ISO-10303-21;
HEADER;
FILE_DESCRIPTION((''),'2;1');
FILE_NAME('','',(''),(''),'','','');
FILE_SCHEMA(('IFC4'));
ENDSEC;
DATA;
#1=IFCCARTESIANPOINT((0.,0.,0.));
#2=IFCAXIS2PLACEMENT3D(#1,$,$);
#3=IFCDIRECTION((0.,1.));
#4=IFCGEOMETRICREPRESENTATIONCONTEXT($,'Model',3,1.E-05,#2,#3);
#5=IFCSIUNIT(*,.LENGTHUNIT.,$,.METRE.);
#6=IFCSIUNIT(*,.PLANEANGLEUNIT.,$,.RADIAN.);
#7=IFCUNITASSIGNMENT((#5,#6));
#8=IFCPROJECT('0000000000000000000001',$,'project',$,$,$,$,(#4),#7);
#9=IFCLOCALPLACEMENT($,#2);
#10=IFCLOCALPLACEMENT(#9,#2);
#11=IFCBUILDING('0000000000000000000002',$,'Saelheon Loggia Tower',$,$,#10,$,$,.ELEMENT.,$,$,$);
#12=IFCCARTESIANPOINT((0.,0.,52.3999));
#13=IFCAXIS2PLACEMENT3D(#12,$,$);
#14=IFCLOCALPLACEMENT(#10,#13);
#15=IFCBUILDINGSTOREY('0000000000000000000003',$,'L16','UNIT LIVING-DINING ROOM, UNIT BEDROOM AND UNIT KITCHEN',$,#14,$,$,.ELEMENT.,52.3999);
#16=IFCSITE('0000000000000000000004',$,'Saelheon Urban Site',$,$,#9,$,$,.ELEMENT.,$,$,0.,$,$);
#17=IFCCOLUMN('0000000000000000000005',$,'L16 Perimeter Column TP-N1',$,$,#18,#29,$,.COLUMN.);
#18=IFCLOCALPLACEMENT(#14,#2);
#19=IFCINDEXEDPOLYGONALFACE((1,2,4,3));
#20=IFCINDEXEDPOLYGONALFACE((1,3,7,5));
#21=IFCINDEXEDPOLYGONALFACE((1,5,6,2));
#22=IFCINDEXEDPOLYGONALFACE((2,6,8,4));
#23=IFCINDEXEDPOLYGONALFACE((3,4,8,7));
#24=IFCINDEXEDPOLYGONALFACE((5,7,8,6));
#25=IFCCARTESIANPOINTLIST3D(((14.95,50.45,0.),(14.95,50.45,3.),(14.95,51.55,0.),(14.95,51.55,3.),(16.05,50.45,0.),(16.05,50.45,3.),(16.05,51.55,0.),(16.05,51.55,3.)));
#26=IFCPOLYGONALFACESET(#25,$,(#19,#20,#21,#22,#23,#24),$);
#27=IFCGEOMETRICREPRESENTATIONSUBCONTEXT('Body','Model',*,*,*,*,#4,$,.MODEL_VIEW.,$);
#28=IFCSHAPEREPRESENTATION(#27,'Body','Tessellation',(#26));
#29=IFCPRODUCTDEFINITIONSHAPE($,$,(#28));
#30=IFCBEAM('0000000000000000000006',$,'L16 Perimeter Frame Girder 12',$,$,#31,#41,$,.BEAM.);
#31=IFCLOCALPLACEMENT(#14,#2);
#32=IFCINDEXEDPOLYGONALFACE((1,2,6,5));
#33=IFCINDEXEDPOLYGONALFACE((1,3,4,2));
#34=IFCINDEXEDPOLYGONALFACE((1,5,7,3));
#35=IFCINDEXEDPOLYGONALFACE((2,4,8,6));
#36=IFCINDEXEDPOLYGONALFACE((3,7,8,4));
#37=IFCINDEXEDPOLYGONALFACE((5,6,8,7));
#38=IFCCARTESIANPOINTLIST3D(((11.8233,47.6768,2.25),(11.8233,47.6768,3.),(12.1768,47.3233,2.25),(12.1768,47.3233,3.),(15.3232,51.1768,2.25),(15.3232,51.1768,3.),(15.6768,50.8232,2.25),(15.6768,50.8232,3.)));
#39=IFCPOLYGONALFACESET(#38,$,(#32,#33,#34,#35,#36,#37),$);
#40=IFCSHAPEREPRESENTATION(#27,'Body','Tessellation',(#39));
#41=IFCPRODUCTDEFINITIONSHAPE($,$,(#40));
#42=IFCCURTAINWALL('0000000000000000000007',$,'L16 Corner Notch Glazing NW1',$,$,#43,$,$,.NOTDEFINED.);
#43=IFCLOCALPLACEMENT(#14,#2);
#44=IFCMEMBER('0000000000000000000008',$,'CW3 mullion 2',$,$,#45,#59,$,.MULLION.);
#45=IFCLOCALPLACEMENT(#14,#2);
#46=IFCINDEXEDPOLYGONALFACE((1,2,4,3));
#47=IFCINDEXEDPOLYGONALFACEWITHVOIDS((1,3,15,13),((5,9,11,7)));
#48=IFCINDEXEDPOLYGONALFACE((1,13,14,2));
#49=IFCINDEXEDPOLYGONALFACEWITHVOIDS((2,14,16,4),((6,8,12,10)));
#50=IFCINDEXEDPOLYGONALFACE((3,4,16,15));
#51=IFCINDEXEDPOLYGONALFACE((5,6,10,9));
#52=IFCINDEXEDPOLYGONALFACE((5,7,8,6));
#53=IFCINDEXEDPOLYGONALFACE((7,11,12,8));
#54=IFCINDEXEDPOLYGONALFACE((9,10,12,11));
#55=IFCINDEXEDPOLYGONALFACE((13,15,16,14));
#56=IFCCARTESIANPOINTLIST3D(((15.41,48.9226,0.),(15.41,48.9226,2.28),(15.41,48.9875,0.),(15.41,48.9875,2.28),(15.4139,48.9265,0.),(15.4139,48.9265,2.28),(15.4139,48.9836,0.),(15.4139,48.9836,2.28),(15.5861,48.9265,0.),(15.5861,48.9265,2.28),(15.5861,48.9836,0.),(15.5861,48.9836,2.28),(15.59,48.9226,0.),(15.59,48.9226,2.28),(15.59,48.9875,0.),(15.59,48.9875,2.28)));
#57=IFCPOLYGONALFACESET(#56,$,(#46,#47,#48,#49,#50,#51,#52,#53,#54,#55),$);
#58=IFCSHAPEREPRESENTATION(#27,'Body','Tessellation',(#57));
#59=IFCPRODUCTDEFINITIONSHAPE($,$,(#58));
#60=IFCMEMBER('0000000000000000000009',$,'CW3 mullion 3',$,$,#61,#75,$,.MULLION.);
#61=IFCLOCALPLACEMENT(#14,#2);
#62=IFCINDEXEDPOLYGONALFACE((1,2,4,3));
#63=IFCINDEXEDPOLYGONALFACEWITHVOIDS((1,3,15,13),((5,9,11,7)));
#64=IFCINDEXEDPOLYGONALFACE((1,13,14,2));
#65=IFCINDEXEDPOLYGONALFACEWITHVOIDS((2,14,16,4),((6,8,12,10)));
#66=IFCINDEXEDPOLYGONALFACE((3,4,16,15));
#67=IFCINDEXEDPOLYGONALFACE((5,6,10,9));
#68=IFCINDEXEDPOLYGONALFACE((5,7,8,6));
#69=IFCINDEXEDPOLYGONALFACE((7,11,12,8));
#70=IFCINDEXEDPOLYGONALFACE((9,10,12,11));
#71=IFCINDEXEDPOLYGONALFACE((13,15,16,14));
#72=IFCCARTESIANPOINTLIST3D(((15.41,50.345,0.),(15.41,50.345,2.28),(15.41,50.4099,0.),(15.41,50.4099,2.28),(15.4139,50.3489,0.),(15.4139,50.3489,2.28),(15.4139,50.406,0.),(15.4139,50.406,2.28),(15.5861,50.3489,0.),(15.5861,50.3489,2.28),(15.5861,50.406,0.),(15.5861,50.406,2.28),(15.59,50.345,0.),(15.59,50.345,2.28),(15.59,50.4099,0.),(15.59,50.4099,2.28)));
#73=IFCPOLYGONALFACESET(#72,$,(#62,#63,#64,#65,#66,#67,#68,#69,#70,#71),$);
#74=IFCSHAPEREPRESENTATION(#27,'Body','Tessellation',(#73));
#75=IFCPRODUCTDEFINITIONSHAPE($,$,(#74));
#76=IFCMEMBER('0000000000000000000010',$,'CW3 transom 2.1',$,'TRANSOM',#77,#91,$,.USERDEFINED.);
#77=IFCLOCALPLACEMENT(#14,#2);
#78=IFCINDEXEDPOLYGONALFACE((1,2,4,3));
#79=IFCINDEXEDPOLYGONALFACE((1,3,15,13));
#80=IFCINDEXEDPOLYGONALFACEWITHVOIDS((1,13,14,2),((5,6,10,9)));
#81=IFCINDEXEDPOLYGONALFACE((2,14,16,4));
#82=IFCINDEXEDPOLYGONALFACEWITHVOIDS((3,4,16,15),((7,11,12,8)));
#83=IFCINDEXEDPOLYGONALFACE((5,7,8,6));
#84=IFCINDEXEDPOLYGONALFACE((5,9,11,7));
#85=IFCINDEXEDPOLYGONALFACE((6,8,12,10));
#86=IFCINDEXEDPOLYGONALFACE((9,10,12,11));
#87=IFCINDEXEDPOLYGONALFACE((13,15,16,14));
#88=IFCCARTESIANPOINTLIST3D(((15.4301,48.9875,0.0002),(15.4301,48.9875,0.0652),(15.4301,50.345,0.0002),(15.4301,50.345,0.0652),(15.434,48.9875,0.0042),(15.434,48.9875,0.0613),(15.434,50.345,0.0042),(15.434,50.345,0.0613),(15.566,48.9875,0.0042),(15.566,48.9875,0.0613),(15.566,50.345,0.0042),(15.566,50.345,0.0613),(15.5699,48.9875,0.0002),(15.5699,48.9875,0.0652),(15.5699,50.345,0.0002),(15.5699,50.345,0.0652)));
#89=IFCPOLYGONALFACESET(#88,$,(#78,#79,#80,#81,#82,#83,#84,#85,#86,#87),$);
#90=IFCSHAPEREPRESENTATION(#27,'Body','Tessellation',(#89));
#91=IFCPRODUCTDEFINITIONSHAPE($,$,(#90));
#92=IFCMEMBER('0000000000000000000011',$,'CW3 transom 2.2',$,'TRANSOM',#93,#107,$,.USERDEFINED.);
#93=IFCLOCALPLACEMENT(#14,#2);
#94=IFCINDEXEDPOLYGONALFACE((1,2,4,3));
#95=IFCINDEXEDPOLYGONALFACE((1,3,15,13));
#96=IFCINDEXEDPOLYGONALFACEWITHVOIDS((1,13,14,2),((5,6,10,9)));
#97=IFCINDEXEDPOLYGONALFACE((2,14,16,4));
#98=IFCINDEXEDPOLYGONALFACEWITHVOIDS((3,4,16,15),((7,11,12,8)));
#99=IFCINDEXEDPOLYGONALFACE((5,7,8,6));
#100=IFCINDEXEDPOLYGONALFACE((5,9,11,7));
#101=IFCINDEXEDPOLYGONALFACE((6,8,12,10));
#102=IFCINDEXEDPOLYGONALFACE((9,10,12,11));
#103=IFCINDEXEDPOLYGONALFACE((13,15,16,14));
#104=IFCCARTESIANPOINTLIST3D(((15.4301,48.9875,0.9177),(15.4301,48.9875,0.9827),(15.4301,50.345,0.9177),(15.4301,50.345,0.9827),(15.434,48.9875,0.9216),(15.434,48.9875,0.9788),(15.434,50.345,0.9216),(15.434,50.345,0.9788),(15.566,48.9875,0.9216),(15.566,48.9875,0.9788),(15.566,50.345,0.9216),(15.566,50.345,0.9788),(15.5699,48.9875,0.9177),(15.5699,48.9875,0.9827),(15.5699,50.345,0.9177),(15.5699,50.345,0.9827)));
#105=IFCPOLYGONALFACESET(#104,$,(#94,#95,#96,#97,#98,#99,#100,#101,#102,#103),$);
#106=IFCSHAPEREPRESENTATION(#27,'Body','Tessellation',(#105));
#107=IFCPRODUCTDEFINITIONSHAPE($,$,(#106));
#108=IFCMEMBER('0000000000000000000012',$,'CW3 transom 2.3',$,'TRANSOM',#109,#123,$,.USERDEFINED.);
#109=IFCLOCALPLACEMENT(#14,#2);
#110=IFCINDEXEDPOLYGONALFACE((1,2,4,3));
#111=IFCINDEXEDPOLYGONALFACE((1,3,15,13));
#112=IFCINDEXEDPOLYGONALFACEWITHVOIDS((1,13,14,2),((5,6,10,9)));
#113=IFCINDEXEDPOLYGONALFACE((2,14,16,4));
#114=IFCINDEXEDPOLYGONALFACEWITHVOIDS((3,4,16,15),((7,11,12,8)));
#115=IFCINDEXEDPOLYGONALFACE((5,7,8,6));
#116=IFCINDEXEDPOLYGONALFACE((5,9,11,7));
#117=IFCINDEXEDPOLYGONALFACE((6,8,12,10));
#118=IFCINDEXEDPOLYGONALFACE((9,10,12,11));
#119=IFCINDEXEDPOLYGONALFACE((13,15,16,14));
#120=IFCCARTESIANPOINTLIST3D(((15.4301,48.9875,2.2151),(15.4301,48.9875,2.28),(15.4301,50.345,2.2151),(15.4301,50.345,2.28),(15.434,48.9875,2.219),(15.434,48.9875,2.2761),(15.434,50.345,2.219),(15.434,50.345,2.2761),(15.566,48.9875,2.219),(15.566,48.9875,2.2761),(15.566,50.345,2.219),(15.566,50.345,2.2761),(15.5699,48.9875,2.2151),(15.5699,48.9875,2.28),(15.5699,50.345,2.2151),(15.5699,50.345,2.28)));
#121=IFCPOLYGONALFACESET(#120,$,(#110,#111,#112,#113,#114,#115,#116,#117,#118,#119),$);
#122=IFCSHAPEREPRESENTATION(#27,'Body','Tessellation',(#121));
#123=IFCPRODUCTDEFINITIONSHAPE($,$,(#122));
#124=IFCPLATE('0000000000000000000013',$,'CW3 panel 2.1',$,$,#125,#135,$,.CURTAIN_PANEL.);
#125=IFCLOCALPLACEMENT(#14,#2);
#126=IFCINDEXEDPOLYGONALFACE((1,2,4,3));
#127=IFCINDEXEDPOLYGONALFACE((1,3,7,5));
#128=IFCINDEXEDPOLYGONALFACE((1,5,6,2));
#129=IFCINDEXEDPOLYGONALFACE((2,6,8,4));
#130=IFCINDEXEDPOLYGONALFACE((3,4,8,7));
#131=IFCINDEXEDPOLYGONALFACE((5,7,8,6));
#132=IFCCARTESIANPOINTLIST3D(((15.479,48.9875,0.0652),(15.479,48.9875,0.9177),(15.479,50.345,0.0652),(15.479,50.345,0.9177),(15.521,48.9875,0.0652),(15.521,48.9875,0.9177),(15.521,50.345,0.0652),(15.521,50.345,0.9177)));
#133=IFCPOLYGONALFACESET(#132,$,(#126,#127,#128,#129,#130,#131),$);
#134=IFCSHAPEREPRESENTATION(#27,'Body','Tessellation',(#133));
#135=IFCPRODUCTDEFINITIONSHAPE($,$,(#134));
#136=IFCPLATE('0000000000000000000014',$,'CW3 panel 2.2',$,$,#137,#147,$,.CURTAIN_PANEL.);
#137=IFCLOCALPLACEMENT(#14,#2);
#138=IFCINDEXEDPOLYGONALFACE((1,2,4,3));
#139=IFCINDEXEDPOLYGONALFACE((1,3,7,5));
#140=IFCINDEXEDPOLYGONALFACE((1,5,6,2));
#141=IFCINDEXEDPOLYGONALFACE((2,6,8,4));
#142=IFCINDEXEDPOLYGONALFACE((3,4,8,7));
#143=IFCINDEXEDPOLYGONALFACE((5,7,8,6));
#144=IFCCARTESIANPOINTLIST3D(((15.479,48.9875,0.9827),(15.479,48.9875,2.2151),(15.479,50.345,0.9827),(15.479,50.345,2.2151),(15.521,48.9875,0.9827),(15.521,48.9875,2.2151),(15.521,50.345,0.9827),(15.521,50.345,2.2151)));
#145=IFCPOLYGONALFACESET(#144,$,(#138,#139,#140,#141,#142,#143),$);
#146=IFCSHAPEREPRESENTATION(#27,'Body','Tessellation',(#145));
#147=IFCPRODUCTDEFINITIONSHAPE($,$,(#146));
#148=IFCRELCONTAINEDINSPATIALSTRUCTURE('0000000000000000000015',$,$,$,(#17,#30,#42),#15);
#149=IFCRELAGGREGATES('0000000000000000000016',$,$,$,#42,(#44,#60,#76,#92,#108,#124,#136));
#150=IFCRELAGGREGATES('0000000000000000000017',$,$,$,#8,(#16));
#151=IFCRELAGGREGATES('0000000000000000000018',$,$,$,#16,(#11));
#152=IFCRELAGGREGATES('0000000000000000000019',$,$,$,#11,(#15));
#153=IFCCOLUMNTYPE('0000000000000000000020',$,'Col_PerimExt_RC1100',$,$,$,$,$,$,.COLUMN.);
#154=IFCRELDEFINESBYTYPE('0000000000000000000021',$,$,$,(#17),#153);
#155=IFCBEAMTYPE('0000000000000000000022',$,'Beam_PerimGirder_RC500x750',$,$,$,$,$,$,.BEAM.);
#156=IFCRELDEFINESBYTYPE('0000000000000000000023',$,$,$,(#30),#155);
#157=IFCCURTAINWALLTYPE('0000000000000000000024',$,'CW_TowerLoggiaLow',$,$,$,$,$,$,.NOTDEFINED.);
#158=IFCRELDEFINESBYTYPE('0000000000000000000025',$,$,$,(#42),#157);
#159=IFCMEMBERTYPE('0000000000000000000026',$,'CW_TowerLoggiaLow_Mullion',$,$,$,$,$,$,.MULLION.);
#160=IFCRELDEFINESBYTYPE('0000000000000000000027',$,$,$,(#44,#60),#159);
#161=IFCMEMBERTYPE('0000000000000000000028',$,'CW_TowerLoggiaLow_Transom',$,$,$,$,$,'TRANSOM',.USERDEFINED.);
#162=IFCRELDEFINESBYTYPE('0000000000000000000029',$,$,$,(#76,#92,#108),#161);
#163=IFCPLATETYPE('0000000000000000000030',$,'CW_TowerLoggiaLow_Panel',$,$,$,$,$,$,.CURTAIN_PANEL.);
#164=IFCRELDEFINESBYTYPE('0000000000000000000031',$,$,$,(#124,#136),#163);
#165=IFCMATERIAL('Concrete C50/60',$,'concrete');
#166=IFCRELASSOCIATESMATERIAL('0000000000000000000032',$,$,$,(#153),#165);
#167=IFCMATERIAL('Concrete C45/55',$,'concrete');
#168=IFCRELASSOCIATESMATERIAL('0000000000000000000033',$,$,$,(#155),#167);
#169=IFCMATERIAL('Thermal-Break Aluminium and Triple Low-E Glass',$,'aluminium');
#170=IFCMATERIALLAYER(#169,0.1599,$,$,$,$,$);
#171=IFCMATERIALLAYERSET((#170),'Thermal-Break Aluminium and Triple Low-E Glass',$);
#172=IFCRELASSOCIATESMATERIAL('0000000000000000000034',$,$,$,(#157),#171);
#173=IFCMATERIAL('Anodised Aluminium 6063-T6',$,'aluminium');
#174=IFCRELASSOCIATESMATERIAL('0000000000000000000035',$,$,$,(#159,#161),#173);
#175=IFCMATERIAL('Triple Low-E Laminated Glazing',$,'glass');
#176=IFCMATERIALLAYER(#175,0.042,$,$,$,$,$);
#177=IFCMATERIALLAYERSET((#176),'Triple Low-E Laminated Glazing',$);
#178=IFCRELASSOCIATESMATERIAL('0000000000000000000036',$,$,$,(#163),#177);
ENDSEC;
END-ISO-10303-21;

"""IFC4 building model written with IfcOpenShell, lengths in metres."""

from ifc_helpers import new_model, si_unit, direction, frame, origin, origin_2d, place, context, subcontext, project, spatial, rectangle, hollow_rectangle, extrude, source, transform, mapped, material, layer, layer_set, material_profile, profile_set, type_object, element, aggregate, save


model = new_model("IFC4")

# Units and contexts
model_context = context("Model", 3, precision=1e-05, world=origin(), true_north=direction((0.0, 1.0)))
body_context = subcontext(model_context, "Body", "Model", "MODEL_VIEW")
ifc_project = project(units=[si_unit("LENGTHUNIT", "METRE"), si_unit("PLANEANGLEUNIT", "RADIAN")], contexts=[model_context])

# Site, building, storey
site_placement = place(None, origin())
site = spatial("IfcSite", under=ifc_project, at=site_placement, Name="Saelheon Urban Site", CompositionType="ELEMENT", RefElevation=0.0)
building_placement = place(site_placement, origin())
building = spatial("IfcBuilding", under=site, at=building_placement, Name="Saelheon Loggia Tower", CompositionType="ELEMENT")
storey_placement = place(building_placement, frame((0.0, 0.0, 52.3999)))
storey = spatial("IfcBuildingStorey", under=building, at=storey_placement, Name="L16", Description="UNIT LIVING-DINING ROOM, UNIT BEDROOM AND UNIT KITCHEN", CompositionType="ELEMENT", Elevation=52.3999)

# Column
ifc_material_1 = material(Name="Concrete C50/60", Category="concrete")
ifc_material_profile_1 = material_profile(ifc_material_1, rectangle(XDim=1.1001, YDim=1.1001, at=origin_2d()), Name="RC-1100x1100")
ifc_profile_set_1 = profile_set([ifc_material_profile_1], Name="Concrete C50/60")
column_type = type_object("IfcColumnType", Name="Col_PerimExt_RC1100", PredefinedType="COLUMN", material=ifc_profile_set_1)
shared_shape_1 = source(origin(), body_context, "Body", "SweptSolid", [
    extrude(rectangle(XDim=1.1001, YDim=1.1001, at=origin_2d()), origin(), (0.0, 0.0, 1.0), 3.0),
])
column_placement = place(storey_placement, frame((15.5, 51.0, 0.0), z_axis=(0.0, 0.0, 1.0), x_axis=(1.0, 0.0, 0.0)))
element("IfcColumn", 1, at=column_placement, inside=storey, type_object=column_type, Name="L16 Perimeter Column TP-N1", PredefinedType="COLUMN", context=body_context, shape_type="MappedRepresentation", body=[
    mapped(shared_shape_1, transform((0.0, 0.0, 0.0), scale=1.0)),
])

# Beam
ifc_material_2 = material(Name="Concrete C45/55", Category="concrete")
ifc_material_profile_2 = material_profile(ifc_material_2, rectangle(XDim=0.5, YDim=0.75, at=origin_2d()), Name="RC-500x750")
ifc_profile_set_2 = profile_set([ifc_material_profile_2], Name="Concrete C45/55")
beam_type = type_object("IfcBeamType", Name="Beam_PerimGirder_RC500x750", PredefinedType="BEAM", material=ifc_profile_set_2)
shared_shape_2 = source(origin(), body_context, "Body", "SweptSolid", [
    extrude(rectangle(XDim=0.5, YDim=0.75, at=origin_2d()), origin(), (0.0, 0.0, 1.0), 4.9497),
])
beam_placement = place(storey_placement, frame((15.5, 51.0, 2.625), z_axis=(-0.707107, -0.707107, 0.0), x_axis=(0.707107, -0.707107, 0.0)))
element("IfcBeam", 2, at=beam_placement, inside=storey, type_object=beam_type, Name="L16 Perimeter Frame Girder 12", PredefinedType="BEAM", context=body_context, shape_type="MappedRepresentation", body=[
    mapped(shared_shape_2, transform((0.0, 0.0, 0.0), scale=1.0)),
])

# Curtain wall, members, plates
ifc_material_3 = material(Name="Thermal-Break Aluminium and Triple Low-E Glass", Category="aluminium")
ifc_layer_1 = layer(ifc_material_3, 0.1599)
ifc_layer_set_1 = layer_set([ifc_layer_1], Name="Thermal-Break Aluminium and Triple Low-E Glass")
curtain_wall_type = type_object("IfcCurtainWallType", Name="CW_TowerLoggiaLow", PredefinedType="NOTDEFINED", material=ifc_layer_set_1)
curtain_wall_placement = place(storey_placement, origin())
curtain_wall = element("IfcCurtainWall", 3, at=curtain_wall_placement, inside=storey, type_object=curtain_wall_type, Name="L16 Corner Notch Glazing NW1", PredefinedType="NOTDEFINED")
ifc_material_4 = material(Name="Anodised Aluminium 6063-T6", Category="aluminium")
ifc_material_profile_3 = material_profile(ifc_material_4, hollow_rectangle(XDim=0.0649, YDim=0.1799, WallThickness=0.0039, at=origin_2d()), Name="RHS-180x65x4")
ifc_profile_set_3 = profile_set([ifc_material_profile_3], Name="Anodised Aluminium 6063-T6")
member_type_1 = type_object("IfcMemberType", Name="CW_TowerLoggiaLow_Mullion", PredefinedType="MULLION", material=ifc_profile_set_3)
shared_shape_3 = source(origin(), body_context, "Body", "SweptSolid", [
    extrude(hollow_rectangle(XDim=0.0649, YDim=0.1799, WallThickness=0.0039, at=origin_2d()), origin(), (0.0, 0.0, 1.0), 2.28),
])
member_1_placement = place(storey_placement, frame((15.5, 48.9551, 0.0), z_axis=(0.0, 0.0, 1.0), x_axis=(0.0, 1.0, 0.0)))
member_1 = element("IfcMember", 4, at=member_1_placement, type_object=member_type_1, Name="CW3 mullion 2", PredefinedType="MULLION", context=body_context, shape_type="MappedRepresentation", body=[
    mapped(shared_shape_3, transform((0.0, 0.0, 0.0), scale=1.0)),
])
member_2_placement = place(storey_placement, frame((15.5, 50.3774, 0.0), z_axis=(0.0, 0.0, 1.0), x_axis=(0.0, 1.0, 0.0)))
member_2 = element("IfcMember", 5, at=member_2_placement, type_object=member_type_1, Name="CW3 mullion 3", PredefinedType="MULLION", context=body_context, shape_type="MappedRepresentation", body=[
    mapped(shared_shape_3, transform((0.0, 0.0, 0.0), scale=1.0)),
])
ifc_material_profile_4 = material_profile(ifc_material_4, hollow_rectangle(XDim=0.0649, YDim=0.1399, WallThickness=0.0039, at=origin_2d()), Name="RHS-140x65x4")
ifc_profile_set_4 = profile_set([ifc_material_profile_4], Name="Anodised Aluminium 6063-T6")
member_type_2 = type_object("IfcMemberType", Name="CW_TowerLoggiaLow_Transom", ElementType="TRANSOM", PredefinedType="USERDEFINED", material=ifc_profile_set_4)
shared_shape_4 = source(origin(), body_context, "Body", "SweptSolid", [
    extrude(hollow_rectangle(XDim=0.0649, YDim=0.1399, WallThickness=0.0039, at=origin_2d()), origin(), (0.0, 0.0, 1.0), 1.3574),
])
member_3_placement = place(storey_placement, frame((15.5, 48.9875, 0.0327), z_axis=(0.0, 1.0, 0.0), x_axis=(0.0, 0.0, 1.0)))
member_3 = element("IfcMember", 6, at=member_3_placement, type_object=member_type_2, Name="CW3 transom 2.1", ObjectType="TRANSOM", PredefinedType="USERDEFINED", context=body_context, shape_type="MappedRepresentation", body=[
    mapped(shared_shape_4, transform((0.0, 0.0, 0.0), scale=1.0)),
])
member_4_placement = place(storey_placement, frame((15.5, 48.9875, 0.9502), z_axis=(0.0, 1.0, 0.0), x_axis=(0.0, 0.0, 1.0)))
member_4 = element("IfcMember", 7, at=member_4_placement, type_object=member_type_2, Name="CW3 transom 2.2", ObjectType="TRANSOM", PredefinedType="USERDEFINED", context=body_context, shape_type="MappedRepresentation", body=[
    mapped(shared_shape_4, transform((0.0, 0.0, 0.0), scale=1.0)),
])
member_5_placement = place(storey_placement, frame((15.5, 48.9875, 2.2476), z_axis=(0.0, 1.0, 0.0), x_axis=(0.0, 0.0, 1.0)))
member_5 = element("IfcMember", 8, at=member_5_placement, type_object=member_type_2, Name="CW3 transom 2.3", ObjectType="TRANSOM", PredefinedType="USERDEFINED", context=body_context, shape_type="MappedRepresentation", body=[
    mapped(shared_shape_4, transform((0.0, 0.0, 0.0), scale=1.0)),
])
ifc_material_5 = material(Name="Triple Low-E Laminated Glazing", Category="glass")
ifc_layer_2 = layer(ifc_material_5, 0.042)
ifc_layer_set_2 = layer_set([ifc_layer_2], Name="Triple Low-E Laminated Glazing")
plate_type = type_object("IfcPlateType", Name="CW_TowerLoggiaLow_Panel", PredefinedType="CURTAIN_PANEL", material=ifc_layer_set_2)
shared_shape_5 = source(origin(), body_context, "Body", "SweptSolid", [
    extrude(rectangle(XDim=1.3574, YDim=0.042, at=origin_2d()), origin(), (0.0, 0.0, 1.0), 0.8525),
])
plate_1_placement = place(storey_placement, frame((15.5, 49.6663, 0.0652), z_axis=(0.0, 0.0, 1.0), x_axis=(0.0, 1.0, 0.0)))
plate_1 = element("IfcPlate", 9, at=plate_1_placement, type_object=plate_type, Name="CW3 panel 2.1", PredefinedType="CURTAIN_PANEL", context=body_context, shape_type="MappedRepresentation", body=[
    mapped(shared_shape_5, transform((0.0, 0.0, 0.0), scale=1.0)),
])
shared_shape_6 = source(origin(), body_context, "Body", "SweptSolid", [
    extrude(rectangle(XDim=1.3574, YDim=0.042, at=origin_2d()), origin(), (0.0, 0.0, 1.0), 1.2324),
])
plate_2_placement = place(storey_placement, frame((15.5, 49.6663, 0.9827), z_axis=(0.0, 0.0, 1.0), x_axis=(0.0, 1.0, 0.0)))
plate_2 = element("IfcPlate", 10, at=plate_2_placement, type_object=plate_type, Name="CW3 panel 2.2", PredefinedType="CURTAIN_PANEL", context=body_context, shape_type="MappedRepresentation", body=[
    mapped(shared_shape_6, transform((0.0, 0.0, 0.0), scale=1.0)),
])
aggregate(curtain_wall, [member_1, member_2, member_3, member_4, member_5, plate_1, plate_2])

save(model, "model.ifc")
